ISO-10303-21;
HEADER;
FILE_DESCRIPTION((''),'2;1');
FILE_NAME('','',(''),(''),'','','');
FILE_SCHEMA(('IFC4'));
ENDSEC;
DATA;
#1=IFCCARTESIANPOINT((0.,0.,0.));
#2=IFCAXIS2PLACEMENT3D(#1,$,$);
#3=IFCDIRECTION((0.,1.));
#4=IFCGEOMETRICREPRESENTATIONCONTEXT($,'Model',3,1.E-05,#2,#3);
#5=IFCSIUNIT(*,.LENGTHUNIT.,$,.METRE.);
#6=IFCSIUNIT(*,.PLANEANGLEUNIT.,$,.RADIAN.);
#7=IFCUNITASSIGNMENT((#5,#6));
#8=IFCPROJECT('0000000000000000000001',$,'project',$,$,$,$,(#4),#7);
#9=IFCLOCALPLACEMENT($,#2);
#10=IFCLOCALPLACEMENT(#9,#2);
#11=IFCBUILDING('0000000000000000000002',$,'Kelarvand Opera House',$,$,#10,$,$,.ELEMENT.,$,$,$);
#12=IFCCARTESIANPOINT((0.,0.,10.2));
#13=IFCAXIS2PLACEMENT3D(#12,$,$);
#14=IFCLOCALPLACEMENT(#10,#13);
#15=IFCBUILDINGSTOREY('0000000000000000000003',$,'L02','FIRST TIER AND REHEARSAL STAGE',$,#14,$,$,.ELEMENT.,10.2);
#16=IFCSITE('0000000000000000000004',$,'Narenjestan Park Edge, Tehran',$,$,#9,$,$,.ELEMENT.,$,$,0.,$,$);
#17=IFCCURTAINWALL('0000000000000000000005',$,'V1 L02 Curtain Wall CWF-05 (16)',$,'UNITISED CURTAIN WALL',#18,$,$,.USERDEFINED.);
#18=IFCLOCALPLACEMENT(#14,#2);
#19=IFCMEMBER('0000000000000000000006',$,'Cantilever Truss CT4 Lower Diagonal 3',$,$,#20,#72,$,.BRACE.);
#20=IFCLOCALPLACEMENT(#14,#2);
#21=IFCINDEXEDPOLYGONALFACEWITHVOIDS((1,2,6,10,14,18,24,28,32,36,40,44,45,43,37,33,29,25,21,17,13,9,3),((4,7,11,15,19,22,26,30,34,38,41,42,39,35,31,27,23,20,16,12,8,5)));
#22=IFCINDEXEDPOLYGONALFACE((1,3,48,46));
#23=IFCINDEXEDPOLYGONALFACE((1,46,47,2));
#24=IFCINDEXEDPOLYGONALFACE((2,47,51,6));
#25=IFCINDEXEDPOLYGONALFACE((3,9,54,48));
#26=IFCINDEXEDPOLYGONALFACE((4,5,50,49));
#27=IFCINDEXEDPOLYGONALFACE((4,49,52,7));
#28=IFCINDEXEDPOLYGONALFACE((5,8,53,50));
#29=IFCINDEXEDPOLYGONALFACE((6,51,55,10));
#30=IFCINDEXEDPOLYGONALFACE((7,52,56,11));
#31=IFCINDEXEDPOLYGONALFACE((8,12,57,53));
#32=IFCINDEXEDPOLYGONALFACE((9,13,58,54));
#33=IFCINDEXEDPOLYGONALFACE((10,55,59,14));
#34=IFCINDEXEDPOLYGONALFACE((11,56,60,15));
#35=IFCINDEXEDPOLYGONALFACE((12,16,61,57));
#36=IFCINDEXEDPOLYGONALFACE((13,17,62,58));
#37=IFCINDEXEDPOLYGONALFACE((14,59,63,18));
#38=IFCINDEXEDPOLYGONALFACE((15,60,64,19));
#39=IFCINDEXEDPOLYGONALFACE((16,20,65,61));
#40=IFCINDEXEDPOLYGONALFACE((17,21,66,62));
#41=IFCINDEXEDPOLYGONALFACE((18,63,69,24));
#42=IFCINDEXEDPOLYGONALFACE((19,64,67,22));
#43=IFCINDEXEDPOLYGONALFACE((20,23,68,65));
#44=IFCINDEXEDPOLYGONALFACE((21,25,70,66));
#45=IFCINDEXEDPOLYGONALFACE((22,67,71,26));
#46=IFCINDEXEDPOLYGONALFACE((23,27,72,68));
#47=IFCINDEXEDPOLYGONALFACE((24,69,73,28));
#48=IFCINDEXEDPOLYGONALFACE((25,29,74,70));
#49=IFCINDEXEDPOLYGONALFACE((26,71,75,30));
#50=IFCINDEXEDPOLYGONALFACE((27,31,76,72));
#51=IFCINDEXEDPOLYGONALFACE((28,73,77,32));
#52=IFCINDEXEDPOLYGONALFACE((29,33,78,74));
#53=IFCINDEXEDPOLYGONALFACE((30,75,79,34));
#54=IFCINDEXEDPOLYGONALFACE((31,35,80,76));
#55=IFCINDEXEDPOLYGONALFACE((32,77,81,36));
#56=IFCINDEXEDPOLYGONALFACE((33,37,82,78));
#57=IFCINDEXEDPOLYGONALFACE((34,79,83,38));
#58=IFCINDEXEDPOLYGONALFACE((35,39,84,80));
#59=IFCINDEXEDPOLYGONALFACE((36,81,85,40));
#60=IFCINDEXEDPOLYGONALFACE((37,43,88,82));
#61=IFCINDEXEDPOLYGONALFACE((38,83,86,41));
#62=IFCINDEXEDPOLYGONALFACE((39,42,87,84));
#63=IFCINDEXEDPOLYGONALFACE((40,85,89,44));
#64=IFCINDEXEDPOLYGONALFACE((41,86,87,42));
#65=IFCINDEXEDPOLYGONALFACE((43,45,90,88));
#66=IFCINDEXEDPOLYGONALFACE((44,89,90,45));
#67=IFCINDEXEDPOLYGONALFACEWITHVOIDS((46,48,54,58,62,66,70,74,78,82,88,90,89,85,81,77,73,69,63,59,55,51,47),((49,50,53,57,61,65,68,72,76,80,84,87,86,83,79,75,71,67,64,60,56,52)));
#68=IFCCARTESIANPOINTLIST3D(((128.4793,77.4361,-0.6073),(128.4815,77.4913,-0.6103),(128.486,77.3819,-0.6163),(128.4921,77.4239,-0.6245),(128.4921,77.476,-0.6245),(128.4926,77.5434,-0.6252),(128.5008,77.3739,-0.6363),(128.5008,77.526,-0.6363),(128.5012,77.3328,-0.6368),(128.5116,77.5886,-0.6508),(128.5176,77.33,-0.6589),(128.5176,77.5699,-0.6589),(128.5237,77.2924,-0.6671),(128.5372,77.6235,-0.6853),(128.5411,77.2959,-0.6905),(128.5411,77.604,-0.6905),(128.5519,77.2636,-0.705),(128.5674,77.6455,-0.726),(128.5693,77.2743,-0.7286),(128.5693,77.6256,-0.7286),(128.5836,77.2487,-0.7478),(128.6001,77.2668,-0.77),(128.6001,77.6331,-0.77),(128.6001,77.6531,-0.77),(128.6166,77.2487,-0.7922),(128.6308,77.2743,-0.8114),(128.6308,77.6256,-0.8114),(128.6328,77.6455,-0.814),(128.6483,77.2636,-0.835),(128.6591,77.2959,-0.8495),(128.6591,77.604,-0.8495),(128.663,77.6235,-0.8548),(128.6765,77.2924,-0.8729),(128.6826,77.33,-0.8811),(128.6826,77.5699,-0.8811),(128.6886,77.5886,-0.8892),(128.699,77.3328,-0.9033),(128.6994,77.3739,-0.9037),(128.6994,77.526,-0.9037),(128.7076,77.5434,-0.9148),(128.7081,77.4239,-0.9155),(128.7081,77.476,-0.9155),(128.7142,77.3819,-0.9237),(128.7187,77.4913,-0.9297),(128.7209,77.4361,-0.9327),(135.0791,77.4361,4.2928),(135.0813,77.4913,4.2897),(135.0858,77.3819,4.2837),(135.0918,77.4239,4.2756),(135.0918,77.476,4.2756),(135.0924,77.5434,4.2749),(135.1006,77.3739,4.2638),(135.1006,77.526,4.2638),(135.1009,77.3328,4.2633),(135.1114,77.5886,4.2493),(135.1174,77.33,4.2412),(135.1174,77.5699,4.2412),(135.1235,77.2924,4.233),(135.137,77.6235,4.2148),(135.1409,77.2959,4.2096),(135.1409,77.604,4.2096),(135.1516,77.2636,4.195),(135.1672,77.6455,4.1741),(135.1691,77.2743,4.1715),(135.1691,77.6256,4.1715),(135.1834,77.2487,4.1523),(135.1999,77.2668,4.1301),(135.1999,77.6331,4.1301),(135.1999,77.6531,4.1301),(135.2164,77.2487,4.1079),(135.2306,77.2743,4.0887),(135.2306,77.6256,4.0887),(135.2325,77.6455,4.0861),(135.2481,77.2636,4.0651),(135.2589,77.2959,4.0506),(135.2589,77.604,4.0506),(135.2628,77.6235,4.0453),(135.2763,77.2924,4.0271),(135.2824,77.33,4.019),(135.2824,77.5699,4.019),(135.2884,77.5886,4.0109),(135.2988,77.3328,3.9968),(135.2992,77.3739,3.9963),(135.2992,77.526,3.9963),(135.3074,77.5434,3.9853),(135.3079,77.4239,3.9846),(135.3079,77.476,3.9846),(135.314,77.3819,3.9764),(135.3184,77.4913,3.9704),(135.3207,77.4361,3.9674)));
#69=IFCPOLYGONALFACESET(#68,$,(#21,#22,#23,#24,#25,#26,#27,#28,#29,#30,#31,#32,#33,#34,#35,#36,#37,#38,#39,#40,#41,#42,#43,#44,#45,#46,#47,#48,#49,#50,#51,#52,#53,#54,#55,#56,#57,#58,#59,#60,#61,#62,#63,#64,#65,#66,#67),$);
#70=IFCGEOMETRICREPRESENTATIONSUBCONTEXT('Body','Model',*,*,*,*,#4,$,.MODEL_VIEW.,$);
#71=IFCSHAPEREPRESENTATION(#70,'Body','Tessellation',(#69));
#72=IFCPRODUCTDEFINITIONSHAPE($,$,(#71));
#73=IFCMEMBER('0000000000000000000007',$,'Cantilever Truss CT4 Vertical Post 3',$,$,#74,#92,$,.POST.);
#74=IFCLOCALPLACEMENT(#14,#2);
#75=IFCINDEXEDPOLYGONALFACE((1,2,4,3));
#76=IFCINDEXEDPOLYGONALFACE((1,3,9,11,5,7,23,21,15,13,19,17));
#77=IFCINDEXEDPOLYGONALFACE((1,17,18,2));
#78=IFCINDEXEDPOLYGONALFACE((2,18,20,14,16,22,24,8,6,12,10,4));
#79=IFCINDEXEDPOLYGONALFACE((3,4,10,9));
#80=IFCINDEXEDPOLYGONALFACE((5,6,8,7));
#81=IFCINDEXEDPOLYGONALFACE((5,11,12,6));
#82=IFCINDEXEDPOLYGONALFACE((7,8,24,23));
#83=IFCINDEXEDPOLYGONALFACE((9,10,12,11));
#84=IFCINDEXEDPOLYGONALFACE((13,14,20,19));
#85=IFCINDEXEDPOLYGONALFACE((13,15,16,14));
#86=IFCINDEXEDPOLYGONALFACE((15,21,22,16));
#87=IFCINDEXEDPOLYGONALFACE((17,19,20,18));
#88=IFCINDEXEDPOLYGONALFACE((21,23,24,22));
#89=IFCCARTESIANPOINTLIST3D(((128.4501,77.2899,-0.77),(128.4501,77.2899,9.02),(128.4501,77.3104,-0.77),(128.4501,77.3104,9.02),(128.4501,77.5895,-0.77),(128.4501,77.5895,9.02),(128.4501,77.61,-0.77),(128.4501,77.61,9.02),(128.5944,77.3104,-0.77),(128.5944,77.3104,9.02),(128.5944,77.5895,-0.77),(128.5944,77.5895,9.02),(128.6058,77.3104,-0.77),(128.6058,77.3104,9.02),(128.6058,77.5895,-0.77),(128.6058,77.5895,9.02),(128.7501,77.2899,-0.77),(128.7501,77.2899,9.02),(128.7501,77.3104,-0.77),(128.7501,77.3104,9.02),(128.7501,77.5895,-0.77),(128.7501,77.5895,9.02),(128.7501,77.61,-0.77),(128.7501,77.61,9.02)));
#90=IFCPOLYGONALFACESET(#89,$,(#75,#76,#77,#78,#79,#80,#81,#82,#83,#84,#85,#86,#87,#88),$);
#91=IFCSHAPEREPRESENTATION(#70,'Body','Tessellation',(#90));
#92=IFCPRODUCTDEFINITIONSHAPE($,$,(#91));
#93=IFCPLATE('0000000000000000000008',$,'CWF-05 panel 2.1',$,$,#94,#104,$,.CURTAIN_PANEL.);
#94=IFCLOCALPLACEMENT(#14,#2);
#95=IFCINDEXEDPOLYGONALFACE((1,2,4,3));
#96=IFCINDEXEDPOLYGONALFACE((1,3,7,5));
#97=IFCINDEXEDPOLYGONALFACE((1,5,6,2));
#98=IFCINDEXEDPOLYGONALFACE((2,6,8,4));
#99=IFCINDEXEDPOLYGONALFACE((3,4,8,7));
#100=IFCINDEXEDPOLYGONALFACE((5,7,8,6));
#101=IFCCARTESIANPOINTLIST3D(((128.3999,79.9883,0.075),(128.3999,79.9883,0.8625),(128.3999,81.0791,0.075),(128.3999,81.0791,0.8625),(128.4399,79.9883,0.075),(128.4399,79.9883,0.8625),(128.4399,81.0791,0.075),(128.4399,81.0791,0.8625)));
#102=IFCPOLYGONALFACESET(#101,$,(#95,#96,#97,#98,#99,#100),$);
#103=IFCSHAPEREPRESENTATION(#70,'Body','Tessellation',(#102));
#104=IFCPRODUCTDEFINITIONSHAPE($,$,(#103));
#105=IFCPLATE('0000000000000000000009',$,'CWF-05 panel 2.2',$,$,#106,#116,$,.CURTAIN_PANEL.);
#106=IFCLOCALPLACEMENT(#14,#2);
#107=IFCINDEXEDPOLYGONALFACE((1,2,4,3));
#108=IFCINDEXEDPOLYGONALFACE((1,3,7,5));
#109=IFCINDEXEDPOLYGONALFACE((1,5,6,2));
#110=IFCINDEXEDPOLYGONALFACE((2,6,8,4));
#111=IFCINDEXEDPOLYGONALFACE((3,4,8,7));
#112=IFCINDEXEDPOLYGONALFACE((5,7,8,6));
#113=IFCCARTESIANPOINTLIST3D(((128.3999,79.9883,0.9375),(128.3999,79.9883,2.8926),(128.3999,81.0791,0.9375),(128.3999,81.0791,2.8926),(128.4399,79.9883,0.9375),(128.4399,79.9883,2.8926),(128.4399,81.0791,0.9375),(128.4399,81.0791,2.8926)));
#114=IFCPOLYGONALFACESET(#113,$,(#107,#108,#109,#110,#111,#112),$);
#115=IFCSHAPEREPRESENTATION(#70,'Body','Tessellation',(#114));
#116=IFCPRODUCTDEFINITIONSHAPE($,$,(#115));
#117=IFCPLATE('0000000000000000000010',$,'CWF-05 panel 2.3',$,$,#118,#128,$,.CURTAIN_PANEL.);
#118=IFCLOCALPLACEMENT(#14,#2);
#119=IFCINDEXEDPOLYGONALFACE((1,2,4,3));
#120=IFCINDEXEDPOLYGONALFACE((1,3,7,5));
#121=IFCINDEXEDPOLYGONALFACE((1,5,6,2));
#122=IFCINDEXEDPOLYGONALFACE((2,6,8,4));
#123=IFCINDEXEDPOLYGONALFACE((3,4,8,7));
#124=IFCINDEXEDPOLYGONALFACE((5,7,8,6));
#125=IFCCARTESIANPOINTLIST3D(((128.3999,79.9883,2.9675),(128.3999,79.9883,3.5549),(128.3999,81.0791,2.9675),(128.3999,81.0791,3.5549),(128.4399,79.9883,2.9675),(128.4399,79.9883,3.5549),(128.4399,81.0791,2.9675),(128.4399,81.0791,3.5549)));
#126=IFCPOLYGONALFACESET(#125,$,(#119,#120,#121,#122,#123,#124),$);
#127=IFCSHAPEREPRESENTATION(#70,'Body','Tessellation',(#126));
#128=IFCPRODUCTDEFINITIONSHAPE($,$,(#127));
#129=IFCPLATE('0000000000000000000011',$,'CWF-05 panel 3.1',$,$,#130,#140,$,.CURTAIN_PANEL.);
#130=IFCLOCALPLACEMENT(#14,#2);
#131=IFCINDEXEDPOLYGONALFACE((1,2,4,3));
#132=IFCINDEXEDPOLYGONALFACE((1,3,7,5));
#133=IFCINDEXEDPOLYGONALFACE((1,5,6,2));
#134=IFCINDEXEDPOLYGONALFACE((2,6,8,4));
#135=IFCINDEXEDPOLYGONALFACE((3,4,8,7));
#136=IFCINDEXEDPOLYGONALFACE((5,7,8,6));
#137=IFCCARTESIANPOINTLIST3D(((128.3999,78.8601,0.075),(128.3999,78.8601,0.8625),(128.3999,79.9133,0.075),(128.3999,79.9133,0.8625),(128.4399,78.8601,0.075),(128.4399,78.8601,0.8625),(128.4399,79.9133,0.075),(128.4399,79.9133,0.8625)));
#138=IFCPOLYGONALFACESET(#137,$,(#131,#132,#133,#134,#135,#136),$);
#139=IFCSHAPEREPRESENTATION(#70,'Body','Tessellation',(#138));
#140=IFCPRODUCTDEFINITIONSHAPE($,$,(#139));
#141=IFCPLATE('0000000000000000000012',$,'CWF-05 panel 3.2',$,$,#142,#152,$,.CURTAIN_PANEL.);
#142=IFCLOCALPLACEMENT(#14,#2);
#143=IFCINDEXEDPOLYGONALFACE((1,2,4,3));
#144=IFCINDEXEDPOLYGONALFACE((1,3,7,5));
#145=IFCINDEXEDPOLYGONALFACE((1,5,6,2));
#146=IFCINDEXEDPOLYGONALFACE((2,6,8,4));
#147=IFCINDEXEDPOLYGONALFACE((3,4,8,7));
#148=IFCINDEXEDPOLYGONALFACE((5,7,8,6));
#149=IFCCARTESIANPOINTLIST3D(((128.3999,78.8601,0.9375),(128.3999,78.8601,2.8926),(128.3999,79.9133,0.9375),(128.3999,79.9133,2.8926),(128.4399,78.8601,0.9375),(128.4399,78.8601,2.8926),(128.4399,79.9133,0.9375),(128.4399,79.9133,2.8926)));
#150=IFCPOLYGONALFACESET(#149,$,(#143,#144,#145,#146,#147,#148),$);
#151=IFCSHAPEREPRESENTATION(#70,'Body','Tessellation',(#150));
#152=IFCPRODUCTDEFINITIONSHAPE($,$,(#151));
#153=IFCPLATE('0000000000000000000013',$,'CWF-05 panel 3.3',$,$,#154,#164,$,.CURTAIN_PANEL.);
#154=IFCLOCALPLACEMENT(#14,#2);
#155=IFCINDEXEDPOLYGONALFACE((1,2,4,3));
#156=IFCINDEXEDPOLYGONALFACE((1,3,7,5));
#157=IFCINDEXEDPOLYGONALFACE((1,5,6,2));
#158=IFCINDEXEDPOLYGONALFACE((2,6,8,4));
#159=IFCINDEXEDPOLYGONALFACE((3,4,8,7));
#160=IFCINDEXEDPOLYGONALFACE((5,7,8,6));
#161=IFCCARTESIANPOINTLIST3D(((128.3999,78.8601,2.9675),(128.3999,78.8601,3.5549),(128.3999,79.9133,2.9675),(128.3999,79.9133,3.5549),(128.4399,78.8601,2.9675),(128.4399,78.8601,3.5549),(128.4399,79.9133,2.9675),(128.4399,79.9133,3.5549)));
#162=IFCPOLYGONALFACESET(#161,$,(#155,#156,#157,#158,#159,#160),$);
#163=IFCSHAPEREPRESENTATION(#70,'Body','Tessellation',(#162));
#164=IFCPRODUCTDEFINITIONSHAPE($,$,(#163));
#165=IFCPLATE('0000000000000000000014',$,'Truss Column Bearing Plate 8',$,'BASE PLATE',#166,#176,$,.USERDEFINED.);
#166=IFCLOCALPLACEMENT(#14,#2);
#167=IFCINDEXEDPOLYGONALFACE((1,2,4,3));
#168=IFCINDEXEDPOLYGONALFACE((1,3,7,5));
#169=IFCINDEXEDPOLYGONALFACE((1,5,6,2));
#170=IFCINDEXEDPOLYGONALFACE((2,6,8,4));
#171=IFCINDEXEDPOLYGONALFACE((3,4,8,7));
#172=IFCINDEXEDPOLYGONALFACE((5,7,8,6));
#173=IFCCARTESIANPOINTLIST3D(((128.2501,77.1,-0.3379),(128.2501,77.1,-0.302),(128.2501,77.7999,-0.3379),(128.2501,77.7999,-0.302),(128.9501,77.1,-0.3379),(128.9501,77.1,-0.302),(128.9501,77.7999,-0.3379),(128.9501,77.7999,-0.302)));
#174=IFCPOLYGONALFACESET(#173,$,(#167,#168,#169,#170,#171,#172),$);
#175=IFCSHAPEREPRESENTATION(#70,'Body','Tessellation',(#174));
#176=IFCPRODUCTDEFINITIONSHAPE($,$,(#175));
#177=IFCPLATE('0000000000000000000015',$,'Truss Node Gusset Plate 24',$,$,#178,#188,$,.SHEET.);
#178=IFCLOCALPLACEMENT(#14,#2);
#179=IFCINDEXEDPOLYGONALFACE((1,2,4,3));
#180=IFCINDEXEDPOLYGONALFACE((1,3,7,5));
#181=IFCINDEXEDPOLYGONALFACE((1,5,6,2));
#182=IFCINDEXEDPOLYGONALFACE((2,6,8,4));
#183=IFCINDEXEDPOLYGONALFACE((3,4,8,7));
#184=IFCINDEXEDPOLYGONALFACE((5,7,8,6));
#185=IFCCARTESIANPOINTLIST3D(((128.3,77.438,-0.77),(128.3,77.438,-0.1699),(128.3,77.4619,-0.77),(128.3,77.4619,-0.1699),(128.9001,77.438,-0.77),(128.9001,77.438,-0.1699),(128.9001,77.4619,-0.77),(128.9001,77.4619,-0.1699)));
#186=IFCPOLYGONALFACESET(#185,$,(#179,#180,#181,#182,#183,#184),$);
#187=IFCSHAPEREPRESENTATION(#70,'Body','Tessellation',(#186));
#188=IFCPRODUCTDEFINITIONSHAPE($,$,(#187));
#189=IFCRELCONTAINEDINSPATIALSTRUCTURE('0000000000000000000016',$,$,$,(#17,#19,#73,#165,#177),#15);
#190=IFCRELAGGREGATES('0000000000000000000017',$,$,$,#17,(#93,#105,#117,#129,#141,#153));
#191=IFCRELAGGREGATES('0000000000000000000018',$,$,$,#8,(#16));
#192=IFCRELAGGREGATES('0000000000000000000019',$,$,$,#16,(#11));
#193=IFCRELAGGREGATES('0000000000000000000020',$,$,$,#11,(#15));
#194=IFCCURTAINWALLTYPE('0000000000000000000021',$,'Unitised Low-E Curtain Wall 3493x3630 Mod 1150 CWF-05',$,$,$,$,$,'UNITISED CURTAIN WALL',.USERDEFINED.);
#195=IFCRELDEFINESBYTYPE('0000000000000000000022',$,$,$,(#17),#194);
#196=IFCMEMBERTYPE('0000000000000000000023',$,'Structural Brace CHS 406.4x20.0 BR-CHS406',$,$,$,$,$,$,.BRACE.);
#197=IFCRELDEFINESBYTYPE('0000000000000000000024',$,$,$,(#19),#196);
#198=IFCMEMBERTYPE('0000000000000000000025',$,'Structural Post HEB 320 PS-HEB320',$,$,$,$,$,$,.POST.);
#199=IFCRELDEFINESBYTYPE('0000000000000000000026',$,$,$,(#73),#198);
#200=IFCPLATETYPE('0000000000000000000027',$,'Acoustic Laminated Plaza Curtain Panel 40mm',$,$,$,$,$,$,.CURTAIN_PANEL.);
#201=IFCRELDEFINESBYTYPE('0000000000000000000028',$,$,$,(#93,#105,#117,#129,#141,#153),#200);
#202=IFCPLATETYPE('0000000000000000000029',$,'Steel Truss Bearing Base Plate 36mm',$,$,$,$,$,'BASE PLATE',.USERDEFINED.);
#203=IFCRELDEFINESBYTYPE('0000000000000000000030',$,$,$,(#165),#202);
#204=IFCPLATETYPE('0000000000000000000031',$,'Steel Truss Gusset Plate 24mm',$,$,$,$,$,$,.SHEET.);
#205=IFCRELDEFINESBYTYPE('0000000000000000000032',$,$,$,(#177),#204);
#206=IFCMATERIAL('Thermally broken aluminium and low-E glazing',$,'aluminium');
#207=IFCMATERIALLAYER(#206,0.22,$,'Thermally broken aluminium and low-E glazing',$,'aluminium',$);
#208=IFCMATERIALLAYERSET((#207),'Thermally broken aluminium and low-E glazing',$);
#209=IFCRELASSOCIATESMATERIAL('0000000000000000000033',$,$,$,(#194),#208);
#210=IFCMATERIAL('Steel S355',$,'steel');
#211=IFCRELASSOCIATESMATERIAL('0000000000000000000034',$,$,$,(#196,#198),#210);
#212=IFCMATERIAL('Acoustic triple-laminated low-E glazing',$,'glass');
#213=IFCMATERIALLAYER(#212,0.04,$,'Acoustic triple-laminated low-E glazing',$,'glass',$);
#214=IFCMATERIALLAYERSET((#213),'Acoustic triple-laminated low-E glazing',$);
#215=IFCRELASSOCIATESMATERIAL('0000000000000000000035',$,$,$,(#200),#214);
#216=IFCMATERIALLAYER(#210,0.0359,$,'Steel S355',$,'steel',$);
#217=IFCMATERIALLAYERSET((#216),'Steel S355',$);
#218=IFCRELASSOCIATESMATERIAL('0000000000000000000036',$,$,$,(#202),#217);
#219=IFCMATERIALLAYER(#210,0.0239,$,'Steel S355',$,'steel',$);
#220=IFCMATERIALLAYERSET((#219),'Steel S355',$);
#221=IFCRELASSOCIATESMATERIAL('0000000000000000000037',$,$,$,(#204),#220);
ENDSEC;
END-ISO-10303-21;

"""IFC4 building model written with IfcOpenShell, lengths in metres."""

from ifc_helpers import new_model, si_unit, direction, frame, origin, origin_2d, place, context, subcontext, project, spatial, rectangle, hollow_circle, i_section, extrude, material, layer, layer_set, material_profile, profile_set, type_object, element, aggregate, save


model = new_model("IFC4")

# Units and contexts
model_context = context("Model", 3, precision=1e-05, world=origin(), true_north=direction((0.0, 1.0)))
body_context = subcontext(model_context, "Body", "Model", "MODEL_VIEW")
ifc_project = project(units=[si_unit("LENGTHUNIT", "METRE"), si_unit("PLANEANGLEUNIT", "RADIAN")], contexts=[model_context])

# Site, building, storey
site_placement = place(None, origin())
site = spatial("IfcSite", under=ifc_project, at=site_placement, Name="Narenjestan Park Edge, Tehran", CompositionType="ELEMENT", RefElevation=0.0)
building_placement = place(site_placement, origin())
building = spatial("IfcBuilding", under=site, at=building_placement, Name="Kelarvand Opera House", CompositionType="ELEMENT")
storey_placement = place(building_placement, frame((0.0, 0.0, 10.2)))
storey = spatial("IfcBuildingStorey", under=building, at=storey_placement, Name="L02", Description="FIRST TIER AND REHEARSAL STAGE", CompositionType="ELEMENT", Elevation=10.2)

# Curtain wall
ifc_material_1 = material(Name="Thermally broken aluminium and low-E glazing", Category="aluminium")
ifc_layer_1 = layer(ifc_material_1, 0.22, Name="Thermally broken aluminium and low-E glazing", Category="aluminium")
ifc_layer_set_1 = layer_set([ifc_layer_1], Name="Thermally broken aluminium and low-E glazing")
curtain_wall_type = type_object("IfcCurtainWallType", Name="Unitised Low-E Curtain Wall 3493x3630 Mod 1150 CWF-05", ElementType="UNITISED CURTAIN WALL", PredefinedType="USERDEFINED", material=ifc_layer_set_1)
curtain_wall_placement = place(storey_placement, origin())
curtain_wall = element("IfcCurtainWall", 1, at=curtain_wall_placement, inside=storey, type_object=curtain_wall_type, Name="V1 L02 Curtain Wall CWF-05 (16)", ObjectType="UNITISED CURTAIN WALL", PredefinedType="USERDEFINED")

# Members
ifc_material_2 = material(Name="Steel S355", Category="steel")
ifc_material_profile_1 = material_profile(ifc_material_2, hollow_circle(Radius=0.2031, WallThickness=0.02, at=origin_2d()), Name="CHS 406.4x20.0", Category="steel")
ifc_profile_set_1 = profile_set([ifc_material_profile_1], Name="Steel S355")
member_type_1 = type_object("IfcMemberType", Name="Structural Brace CHS 406.4x20.0 BR-CHS406", PredefinedType="BRACE", material=ifc_profile_set_1)
member_1_placement = place(storey_placement, frame((128.6001, 77.45, -0.77), z_axis=(0.802895, 0.0, 0.59612), x_axis=(0.0, 1.0, 0.0)))
element("IfcMember", 2, at=member_1_placement, inside=storey, type_object=member_type_1, Name="Cantilever Truss CT4 Lower Diagonal 3", PredefinedType="BRACE", context=body_context, shape_type="SweptSolid", body=[
    extrude(hollow_circle(Radius=0.2031, WallThickness=0.02, at=origin_2d()), origin(), (0.0, 0.0, 1.0), 8.22),
])
ifc_material_profile_2 = material_profile(ifc_material_2, i_section(OverallWidth=0.3, OverallDepth=0.3201, WebThickness=0.0115, FlangeThickness=0.0205, at=origin_2d()), Name="HEB 320", Category="steel")
ifc_profile_set_2 = profile_set([ifc_material_profile_2], Name="Steel S355")
member_type_2 = type_object("IfcMemberType", Name="Structural Post HEB 320 PS-HEB320", PredefinedType="POST", material=ifc_profile_set_2)
member_2_placement = place(storey_placement, frame((128.6001, 77.45, -0.77), z_axis=(0.0, 0.0, 1.0), x_axis=(1.0, 0.0, 0.0)))
element("IfcMember", 3, at=member_2_placement, inside=storey, type_object=member_type_2, Name="Cantilever Truss CT4 Vertical Post 3", PredefinedType="POST", context=body_context, shape_type="SweptSolid", body=[
    extrude(i_section(OverallWidth=0.3, OverallDepth=0.3201, WebThickness=0.0115, FlangeThickness=0.0205, at=origin_2d()), origin(), (0.0, 0.0, 1.0), 9.79),
])

# Plates
ifc_material_3 = material(Name="Acoustic triple-laminated low-E glazing", Category="glass")
ifc_layer_2 = layer(ifc_material_3, 0.04, Name="Acoustic triple-laminated low-E glazing", Category="glass")
ifc_layer_set_2 = layer_set([ifc_layer_2], Name="Acoustic triple-laminated low-E glazing")
plate_type_1 = type_object("IfcPlateType", Name="Acoustic Laminated Plaza Curtain Panel 40mm", PredefinedType="CURTAIN_PANEL", material=ifc_layer_set_2)
plate_1_placement = place(storey_placement, frame((128.4199, 80.5337, 0.075), z_axis=(0.0, 0.0, 1.0), x_axis=(0.0, -1.0, 0.0)))
plate_1 = element("IfcPlate", 4, at=plate_1_placement, type_object=plate_type_1, Name="CWF-05 panel 2.1", PredefinedType="CURTAIN_PANEL", context=body_context, shape_type="SweptSolid", body=[
    extrude(rectangle(XDim=1.0908, YDim=0.04, at=origin_2d()), origin(), (0.0, 0.0, 1.0), 0.7876),
])
plate_2_placement = place(storey_placement, frame((128.4199, 80.5337, 0.9375), z_axis=(0.0, 0.0, 1.0), x_axis=(0.0, -1.0, 0.0)))
plate_2 = element("IfcPlate", 5, at=plate_2_placement, type_object=plate_type_1, Name="CWF-05 panel 2.2", PredefinedType="CURTAIN_PANEL", context=body_context, shape_type="SweptSolid", body=[
    extrude(rectangle(XDim=1.0908, YDim=0.04, at=origin_2d()), origin(), (0.0, 0.0, 1.0), 1.9551),
])
plate_3_placement = place(storey_placement, frame((128.4199, 80.5337, 2.9675), z_axis=(0.0, 0.0, 1.0), x_axis=(0.0, -1.0, 0.0)))
plate_3 = element("IfcPlate", 6, at=plate_3_placement, type_object=plate_type_1, Name="CWF-05 panel 2.3", PredefinedType="CURTAIN_PANEL", context=body_context, shape_type="SweptSolid", body=[
    extrude(rectangle(XDim=1.0908, YDim=0.04, at=origin_2d()), origin(), (0.0, 0.0, 1.0), 0.5874),
])
plate_4_placement = place(storey_placement, frame((128.4199, 79.3867, 0.075), z_axis=(0.0, 0.0, 1.0), x_axis=(0.0, -1.0, 0.0)))
plate_4 = element("IfcPlate", 7, at=plate_4_placement, type_object=plate_type_1, Name="CWF-05 panel 3.1", PredefinedType="CURTAIN_PANEL", context=body_context, shape_type="SweptSolid", body=[
    extrude(rectangle(XDim=1.0532, YDim=0.04, at=origin_2d()), origin(), (0.0, 0.0, 1.0), 0.7876),
])
plate_5_placement = place(storey_placement, frame((128.4199, 79.3867, 0.9375), z_axis=(0.0, 0.0, 1.0), x_axis=(0.0, -1.0, 0.0)))
plate_5 = element("IfcPlate", 8, at=plate_5_placement, type_object=plate_type_1, Name="CWF-05 panel 3.2", PredefinedType="CURTAIN_PANEL", context=body_context, shape_type="SweptSolid", body=[
    extrude(rectangle(XDim=1.0532, YDim=0.04, at=origin_2d()), origin(), (0.0, 0.0, 1.0), 1.9551),
])
plate_6_placement = place(storey_placement, frame((128.4199, 79.3867, 2.9675), z_axis=(0.0, 0.0, 1.0), x_axis=(0.0, -1.0, 0.0)))
plate_6 = element("IfcPlate", 9, at=plate_6_placement, type_object=plate_type_1, Name="CWF-05 panel 3.3", PredefinedType="CURTAIN_PANEL", context=body_context, shape_type="SweptSolid", body=[
    extrude(rectangle(XDim=1.0532, YDim=0.04, at=origin_2d()), origin(), (0.0, 0.0, 1.0), 0.5874),
])
aggregate(curtain_wall, [plate_1, plate_2, plate_3, plate_4, plate_5, plate_6])

# Plates
ifc_layer_3 = layer(ifc_material_2, 0.0359, Name="Steel S355", Category="steel")
ifc_layer_set_3 = layer_set([ifc_layer_3], Name="Steel S355")
plate_type_2 = type_object("IfcPlateType", Name="Steel Truss Bearing Base Plate 36mm", ElementType="BASE PLATE", PredefinedType="USERDEFINED", material=ifc_layer_set_3)
plate_7_placement = place(storey_placement, frame((128.6001, 77.45, -0.3379), z_axis=(0.0, 0.0, 1.0), x_axis=(1.0, 0.0, 0.0)))
element("IfcPlate", 10, at=plate_7_placement, inside=storey, type_object=plate_type_2, Name="Truss Column Bearing Plate 8", ObjectType="BASE PLATE", PredefinedType="USERDEFINED", context=body_context, shape_type="SweptSolid", body=[
    extrude(rectangle(XDim=0.7, YDim=0.7, at=origin_2d()), origin(), (0.0, 0.0, 1.0), 0.0359),
])
ifc_layer_4 = layer(ifc_material_2, 0.0239, Name="Steel S355", Category="steel")
ifc_layer_set_4 = layer_set([ifc_layer_4], Name="Steel S355")
plate_type_3 = type_object("IfcPlateType", Name="Steel Truss Gusset Plate 24mm", PredefinedType="SHEET", material=ifc_layer_set_4)
plate_8_placement = place(storey_placement, frame((128.6001, 77.45, -0.77), z_axis=(0.0, 0.0, 1.0), x_axis=(1.0, 0.0, 0.0)))
element("IfcPlate", 11, at=plate_8_placement, inside=storey, type_object=plate_type_3, Name="Truss Node Gusset Plate 24", PredefinedType="SHEET", context=body_context, shape_type="SweptSolid", body=[
    extrude(rectangle(XDim=0.6001, YDim=0.0239, at=origin_2d()), origin(), (0.0, 0.0, 1.0), 0.6001),
])

save(model, "model.ifc")
